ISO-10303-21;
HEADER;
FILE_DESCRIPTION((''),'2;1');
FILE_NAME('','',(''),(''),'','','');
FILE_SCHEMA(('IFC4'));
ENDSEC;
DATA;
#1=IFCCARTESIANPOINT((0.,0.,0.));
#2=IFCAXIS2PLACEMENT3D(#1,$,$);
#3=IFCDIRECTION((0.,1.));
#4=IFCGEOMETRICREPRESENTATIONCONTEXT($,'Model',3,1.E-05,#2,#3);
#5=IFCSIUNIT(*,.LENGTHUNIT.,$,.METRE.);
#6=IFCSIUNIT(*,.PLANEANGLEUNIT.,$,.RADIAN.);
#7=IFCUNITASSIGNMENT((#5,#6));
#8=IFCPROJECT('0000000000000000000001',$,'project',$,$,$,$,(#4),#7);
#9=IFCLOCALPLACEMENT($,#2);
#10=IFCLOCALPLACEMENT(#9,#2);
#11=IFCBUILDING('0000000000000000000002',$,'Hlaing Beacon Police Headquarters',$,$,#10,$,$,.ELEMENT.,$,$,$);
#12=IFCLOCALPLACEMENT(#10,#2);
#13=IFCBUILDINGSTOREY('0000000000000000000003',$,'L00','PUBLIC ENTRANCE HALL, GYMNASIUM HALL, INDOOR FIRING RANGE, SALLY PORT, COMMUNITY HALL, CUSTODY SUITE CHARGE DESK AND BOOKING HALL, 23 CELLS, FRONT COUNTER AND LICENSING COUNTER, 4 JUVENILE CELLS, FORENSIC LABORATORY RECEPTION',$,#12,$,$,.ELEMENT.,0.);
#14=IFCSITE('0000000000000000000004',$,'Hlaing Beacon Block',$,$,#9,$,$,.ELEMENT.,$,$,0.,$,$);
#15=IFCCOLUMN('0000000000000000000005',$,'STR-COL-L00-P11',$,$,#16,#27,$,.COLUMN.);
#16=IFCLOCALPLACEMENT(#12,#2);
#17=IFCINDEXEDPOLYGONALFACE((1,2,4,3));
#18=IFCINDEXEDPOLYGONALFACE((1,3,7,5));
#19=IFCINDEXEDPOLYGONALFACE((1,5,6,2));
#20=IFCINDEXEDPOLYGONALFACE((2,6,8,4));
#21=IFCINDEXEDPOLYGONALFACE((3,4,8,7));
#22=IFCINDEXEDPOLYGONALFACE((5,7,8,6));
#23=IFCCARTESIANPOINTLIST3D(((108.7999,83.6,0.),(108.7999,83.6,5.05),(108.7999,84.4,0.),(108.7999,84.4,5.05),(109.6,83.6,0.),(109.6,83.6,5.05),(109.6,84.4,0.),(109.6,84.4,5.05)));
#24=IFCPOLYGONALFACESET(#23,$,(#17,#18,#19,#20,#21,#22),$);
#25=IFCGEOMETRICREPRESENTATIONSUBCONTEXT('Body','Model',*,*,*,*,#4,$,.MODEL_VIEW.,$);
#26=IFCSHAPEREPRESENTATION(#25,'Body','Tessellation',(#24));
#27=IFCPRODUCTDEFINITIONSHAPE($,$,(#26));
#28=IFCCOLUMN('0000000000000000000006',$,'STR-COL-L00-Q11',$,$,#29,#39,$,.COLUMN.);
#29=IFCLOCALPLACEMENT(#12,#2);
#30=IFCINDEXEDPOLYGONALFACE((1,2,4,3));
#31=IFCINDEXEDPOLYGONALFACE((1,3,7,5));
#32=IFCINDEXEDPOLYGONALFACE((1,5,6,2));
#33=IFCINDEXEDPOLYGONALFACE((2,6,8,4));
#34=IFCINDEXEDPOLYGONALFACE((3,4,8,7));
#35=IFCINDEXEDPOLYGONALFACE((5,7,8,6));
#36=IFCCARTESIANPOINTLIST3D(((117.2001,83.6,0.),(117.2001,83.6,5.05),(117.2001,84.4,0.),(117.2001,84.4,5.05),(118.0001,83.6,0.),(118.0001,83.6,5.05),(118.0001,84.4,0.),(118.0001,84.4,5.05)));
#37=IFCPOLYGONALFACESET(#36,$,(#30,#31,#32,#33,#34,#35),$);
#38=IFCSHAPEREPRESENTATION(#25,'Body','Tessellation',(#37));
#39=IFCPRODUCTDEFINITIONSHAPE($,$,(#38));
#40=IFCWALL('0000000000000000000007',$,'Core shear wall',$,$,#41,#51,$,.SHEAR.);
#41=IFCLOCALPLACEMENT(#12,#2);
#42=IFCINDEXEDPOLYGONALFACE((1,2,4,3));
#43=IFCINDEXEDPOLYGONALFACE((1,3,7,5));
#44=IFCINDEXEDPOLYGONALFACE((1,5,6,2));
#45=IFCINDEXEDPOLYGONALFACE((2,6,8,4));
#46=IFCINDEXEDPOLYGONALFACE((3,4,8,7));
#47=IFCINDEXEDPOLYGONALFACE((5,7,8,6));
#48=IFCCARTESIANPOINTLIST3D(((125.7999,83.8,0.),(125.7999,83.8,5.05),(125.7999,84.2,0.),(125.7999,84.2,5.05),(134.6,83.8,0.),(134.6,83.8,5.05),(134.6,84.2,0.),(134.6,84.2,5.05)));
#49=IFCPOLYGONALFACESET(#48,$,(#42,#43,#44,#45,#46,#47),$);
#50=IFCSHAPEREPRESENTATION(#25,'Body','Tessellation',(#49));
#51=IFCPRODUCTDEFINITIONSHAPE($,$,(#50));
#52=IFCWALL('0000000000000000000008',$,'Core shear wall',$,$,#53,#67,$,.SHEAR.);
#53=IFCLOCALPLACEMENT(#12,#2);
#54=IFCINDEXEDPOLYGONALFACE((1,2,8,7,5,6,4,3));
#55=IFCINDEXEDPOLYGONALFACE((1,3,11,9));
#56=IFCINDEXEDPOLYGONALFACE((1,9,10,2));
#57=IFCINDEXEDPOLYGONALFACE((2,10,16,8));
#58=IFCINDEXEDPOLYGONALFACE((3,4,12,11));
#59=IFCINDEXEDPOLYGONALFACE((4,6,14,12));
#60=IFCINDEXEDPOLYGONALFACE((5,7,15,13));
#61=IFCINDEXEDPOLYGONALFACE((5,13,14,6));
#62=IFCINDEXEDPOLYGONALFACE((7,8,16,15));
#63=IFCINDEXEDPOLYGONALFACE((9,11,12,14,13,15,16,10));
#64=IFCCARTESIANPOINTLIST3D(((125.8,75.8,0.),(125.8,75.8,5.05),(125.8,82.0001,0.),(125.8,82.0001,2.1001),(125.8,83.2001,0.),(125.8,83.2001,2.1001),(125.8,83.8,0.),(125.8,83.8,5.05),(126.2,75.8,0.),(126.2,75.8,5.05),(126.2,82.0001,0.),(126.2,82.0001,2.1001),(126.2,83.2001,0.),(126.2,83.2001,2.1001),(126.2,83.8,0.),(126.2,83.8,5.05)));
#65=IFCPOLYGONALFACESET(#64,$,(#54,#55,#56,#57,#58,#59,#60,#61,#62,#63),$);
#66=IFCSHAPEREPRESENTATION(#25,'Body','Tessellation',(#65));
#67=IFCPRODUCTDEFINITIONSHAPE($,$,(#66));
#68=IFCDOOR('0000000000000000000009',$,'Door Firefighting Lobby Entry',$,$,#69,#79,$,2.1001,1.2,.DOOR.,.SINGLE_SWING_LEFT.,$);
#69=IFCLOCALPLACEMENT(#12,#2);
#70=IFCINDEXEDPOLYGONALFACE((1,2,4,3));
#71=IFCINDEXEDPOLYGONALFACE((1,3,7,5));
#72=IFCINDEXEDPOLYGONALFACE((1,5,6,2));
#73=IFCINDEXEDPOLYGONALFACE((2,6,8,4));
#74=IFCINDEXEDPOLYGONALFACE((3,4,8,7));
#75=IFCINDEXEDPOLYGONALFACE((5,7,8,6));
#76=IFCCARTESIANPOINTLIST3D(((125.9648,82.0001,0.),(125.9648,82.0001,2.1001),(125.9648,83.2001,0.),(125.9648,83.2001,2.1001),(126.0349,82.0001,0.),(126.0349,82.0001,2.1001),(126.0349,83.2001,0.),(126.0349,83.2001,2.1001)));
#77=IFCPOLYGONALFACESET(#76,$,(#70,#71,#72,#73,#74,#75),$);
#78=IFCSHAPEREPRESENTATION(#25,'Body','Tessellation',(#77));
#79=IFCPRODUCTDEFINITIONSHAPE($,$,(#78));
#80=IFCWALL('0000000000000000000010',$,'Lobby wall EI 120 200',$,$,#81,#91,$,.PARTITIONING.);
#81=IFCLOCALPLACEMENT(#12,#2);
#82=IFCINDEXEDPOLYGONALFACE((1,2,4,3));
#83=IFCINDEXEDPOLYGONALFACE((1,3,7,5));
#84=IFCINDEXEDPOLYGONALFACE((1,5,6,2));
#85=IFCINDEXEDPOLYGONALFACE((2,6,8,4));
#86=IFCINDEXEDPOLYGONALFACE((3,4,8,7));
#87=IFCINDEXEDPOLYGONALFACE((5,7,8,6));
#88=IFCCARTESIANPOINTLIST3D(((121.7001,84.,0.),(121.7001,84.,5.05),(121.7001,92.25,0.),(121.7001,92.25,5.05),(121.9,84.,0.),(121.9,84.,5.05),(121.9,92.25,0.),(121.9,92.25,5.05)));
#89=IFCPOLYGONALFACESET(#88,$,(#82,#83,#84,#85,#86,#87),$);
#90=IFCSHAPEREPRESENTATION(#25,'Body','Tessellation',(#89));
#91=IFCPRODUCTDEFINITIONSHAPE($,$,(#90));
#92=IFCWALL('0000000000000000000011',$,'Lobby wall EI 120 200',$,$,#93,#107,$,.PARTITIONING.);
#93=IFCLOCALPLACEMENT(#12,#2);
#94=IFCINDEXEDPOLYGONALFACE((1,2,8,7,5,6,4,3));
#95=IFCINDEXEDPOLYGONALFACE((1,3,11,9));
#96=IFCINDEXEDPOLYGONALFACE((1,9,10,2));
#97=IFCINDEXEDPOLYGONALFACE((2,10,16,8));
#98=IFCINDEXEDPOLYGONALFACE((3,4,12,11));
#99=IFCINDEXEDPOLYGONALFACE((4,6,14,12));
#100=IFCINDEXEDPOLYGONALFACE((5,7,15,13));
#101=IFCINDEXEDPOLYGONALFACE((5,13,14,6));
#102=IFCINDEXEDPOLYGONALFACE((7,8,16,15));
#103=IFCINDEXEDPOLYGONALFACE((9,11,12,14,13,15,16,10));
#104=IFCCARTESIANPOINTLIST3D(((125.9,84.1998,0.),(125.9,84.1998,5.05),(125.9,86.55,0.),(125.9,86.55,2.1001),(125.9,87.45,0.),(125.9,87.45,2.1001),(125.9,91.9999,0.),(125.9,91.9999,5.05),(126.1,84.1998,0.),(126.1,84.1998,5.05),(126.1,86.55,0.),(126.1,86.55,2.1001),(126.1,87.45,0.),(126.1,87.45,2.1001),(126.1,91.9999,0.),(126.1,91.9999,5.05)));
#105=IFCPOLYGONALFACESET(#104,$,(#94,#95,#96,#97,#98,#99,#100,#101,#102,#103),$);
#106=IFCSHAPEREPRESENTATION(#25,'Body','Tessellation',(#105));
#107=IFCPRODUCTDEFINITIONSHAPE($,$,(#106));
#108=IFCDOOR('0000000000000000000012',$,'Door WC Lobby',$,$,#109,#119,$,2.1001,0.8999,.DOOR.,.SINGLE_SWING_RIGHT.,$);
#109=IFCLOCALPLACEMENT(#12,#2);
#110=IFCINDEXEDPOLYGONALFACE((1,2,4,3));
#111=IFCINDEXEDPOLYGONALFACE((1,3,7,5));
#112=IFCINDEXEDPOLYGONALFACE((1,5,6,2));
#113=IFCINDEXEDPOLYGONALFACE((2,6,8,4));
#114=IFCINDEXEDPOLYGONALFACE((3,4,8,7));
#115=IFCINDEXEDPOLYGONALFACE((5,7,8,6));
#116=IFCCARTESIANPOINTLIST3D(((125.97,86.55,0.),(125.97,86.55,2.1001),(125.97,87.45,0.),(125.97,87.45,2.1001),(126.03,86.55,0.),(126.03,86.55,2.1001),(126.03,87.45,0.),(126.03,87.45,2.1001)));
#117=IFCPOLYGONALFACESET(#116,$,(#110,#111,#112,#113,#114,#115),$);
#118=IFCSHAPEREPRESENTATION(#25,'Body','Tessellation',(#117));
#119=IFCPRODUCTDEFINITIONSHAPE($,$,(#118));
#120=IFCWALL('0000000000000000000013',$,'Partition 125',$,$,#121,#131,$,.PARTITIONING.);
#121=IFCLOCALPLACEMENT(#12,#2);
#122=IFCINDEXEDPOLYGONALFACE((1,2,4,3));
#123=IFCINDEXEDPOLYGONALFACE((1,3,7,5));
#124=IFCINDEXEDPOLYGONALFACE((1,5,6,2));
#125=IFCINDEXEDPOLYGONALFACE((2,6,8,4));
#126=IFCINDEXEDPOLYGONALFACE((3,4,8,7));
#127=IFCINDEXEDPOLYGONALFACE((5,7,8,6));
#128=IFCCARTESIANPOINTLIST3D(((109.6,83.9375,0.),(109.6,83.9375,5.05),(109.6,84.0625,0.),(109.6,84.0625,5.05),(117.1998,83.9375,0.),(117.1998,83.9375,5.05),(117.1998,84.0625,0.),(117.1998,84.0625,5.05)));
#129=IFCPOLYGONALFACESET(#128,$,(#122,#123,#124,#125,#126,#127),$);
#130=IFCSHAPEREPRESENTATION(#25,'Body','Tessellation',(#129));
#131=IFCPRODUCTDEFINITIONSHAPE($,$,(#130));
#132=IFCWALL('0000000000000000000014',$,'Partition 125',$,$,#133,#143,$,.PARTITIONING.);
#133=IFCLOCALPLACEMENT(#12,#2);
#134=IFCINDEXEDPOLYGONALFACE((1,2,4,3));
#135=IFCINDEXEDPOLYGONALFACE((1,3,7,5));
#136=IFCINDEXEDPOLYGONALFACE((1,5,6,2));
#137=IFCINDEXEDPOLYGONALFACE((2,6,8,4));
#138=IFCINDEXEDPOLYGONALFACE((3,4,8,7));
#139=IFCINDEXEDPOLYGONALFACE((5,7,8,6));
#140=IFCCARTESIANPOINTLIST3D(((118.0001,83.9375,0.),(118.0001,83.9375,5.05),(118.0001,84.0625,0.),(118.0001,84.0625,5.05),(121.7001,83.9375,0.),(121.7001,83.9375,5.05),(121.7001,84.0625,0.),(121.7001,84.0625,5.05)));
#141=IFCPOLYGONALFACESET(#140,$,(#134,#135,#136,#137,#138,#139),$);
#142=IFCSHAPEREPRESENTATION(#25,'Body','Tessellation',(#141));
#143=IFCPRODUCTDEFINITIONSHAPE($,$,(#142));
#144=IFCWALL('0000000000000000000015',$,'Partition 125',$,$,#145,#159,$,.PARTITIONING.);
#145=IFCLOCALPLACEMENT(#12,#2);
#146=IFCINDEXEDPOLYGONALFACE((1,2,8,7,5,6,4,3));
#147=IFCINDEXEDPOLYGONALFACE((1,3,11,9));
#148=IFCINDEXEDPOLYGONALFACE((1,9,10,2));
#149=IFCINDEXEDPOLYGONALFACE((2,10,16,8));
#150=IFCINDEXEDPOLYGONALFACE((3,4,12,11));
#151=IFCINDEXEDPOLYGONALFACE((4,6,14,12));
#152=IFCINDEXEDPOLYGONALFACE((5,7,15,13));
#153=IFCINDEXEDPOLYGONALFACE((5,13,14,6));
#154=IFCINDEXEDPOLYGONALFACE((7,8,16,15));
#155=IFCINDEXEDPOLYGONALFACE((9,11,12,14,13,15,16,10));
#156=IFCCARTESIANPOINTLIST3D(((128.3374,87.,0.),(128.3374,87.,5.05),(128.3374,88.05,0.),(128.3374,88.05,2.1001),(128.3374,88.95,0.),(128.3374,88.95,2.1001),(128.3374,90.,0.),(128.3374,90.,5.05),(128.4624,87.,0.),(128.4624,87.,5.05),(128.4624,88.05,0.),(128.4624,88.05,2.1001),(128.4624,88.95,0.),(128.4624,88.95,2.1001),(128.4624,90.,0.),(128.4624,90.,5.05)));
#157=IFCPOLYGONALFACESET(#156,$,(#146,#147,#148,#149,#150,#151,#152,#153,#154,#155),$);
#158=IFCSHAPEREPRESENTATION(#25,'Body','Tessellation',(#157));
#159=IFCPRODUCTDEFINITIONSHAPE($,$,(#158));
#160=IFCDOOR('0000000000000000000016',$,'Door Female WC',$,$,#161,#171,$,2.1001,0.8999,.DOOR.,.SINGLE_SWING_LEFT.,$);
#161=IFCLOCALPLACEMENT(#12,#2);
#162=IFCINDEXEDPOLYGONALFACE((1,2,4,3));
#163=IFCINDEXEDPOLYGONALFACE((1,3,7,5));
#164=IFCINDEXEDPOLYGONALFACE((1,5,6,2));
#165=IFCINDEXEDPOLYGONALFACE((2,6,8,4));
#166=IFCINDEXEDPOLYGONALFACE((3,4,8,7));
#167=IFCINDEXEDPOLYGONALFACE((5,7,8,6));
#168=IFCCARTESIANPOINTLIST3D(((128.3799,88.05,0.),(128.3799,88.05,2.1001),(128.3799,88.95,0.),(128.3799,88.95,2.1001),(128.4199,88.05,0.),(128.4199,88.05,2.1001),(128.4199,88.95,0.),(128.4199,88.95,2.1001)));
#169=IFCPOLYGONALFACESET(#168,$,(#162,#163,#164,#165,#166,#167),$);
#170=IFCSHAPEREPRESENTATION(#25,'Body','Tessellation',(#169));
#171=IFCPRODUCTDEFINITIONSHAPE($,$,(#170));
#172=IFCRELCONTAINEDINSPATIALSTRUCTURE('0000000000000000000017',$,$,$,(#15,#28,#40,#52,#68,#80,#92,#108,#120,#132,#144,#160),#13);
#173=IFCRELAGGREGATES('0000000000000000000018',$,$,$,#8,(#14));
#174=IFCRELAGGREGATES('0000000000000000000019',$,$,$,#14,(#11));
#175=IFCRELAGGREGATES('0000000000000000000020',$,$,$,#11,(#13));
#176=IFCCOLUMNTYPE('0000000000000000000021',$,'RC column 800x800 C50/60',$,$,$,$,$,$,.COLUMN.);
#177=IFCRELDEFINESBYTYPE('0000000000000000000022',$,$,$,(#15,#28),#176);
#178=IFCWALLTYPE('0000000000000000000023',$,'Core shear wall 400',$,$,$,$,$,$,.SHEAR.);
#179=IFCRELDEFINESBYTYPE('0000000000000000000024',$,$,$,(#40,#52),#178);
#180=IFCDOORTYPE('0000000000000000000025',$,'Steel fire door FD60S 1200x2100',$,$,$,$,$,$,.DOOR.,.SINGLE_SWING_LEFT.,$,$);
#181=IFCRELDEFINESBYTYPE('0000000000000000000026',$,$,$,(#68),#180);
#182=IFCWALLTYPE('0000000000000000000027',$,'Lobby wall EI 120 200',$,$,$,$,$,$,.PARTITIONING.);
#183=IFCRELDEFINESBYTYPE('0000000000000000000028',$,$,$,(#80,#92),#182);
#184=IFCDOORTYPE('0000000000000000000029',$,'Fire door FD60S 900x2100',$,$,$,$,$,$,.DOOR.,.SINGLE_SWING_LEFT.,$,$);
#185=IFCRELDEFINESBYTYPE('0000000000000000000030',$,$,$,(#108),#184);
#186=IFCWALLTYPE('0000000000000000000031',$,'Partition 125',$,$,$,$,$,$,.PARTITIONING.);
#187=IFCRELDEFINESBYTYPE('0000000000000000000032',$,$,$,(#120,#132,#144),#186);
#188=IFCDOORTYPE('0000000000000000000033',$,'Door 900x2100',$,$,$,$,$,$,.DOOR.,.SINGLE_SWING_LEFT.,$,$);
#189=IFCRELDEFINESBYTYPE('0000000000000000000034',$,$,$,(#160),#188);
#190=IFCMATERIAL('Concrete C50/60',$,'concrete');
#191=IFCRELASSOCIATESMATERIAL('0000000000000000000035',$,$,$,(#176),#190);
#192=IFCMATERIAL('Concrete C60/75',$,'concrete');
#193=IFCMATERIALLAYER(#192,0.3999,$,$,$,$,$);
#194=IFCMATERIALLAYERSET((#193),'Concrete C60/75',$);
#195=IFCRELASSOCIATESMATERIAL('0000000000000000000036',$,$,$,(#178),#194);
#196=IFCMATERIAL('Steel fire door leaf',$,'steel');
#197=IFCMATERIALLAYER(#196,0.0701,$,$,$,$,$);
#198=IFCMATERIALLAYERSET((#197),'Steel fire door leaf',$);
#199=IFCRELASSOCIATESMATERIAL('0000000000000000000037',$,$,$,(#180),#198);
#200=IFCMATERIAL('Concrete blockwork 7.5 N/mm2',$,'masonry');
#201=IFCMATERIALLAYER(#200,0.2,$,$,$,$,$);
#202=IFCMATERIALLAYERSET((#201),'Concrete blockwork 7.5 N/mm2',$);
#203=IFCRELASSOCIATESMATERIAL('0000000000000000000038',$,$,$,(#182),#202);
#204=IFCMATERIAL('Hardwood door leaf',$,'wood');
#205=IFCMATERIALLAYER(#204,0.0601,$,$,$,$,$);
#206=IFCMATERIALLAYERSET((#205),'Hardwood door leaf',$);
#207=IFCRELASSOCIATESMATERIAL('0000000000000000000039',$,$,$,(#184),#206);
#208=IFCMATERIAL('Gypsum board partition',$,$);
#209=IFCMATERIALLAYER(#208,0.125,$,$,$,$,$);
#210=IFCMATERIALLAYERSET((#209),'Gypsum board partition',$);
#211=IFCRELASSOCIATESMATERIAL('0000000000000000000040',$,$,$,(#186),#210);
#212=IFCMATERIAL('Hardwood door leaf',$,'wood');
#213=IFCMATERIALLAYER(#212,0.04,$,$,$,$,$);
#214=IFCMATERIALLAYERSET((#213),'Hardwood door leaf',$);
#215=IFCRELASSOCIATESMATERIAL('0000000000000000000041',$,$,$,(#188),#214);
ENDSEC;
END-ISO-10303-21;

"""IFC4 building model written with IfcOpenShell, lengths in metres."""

from ifc_helpers import new_model, si_unit, direction, frame, frame_2d, origin, origin_2d, place, context, subcontext, project, spatial, rectangle, extrude, material, layer, layer_set, material_profile, profile_set, type_object, element, fill, save


model = new_model("IFC4")

# Units and contexts
model_context = context("Model", 3, precision=1e-05, world=origin(), true_north=direction((0.0, 1.0)))
body_context = subcontext(model_context, "Body", "Model", "MODEL_VIEW")
ifc_project = project(units=[si_unit("LENGTHUNIT", "METRE"), si_unit("PLANEANGLEUNIT", "RADIAN")], contexts=[model_context])

# Site, building, storey
site_placement = place(None, origin())
site = spatial("IfcSite", under=ifc_project, at=site_placement, Name="Hlaing Beacon Block", CompositionType="ELEMENT", RefElevation=0.0)
building_placement = place(site_placement, origin())
building = spatial("IfcBuilding", under=site, at=building_placement, Name="Hlaing Beacon Police Headquarters", CompositionType="ELEMENT")
storey_placement = place(building_placement, origin())
storey = spatial("IfcBuildingStorey", under=building, at=storey_placement, Name="L00", Description="PUBLIC ENTRANCE HALL, GYMNASIUM HALL, INDOOR FIRING RANGE, SALLY PORT, COMMUNITY HALL, CUSTODY SUITE CHARGE DESK AND BOOKING HALL, 23 CELLS, FRONT COUNTER AND LICENSING COUNTER, 4 JUVENILE CELLS, FORENSIC LABORATORY RECEPTION", CompositionType="ELEMENT", Elevation=0.0)

# Columns
ifc_material_1 = material(Name="Concrete C50/60", Category="concrete")
ifc_material_profile = material_profile(ifc_material_1, rectangle(XDim=0.8, YDim=0.8, at=origin_2d()), Name="800x800")
ifc_profile_set = profile_set([ifc_material_profile], Name="Concrete C50/60")
column_type = type_object("IfcColumnType", Name="RC column 800x800 C50/60", PredefinedType="COLUMN", material=ifc_profile_set)
for number, where, z_axis, x_axis, name in (
    (1, (109.2, 84.0, 0.0), (0.0, 0.0, 1.0), (1.0, 0.0, 0.0), "STR-COL-L00-P11"),
    (2, (117.6001, 84.0, 0.0), (0.0, 0.0, 1.0), (1.0, 0.0, 0.0), "STR-COL-L00-Q11"),
):
    element("IfcColumn", number, at=place(storey_placement, frame(where, z_axis=z_axis, x_axis=x_axis)), inside=storey, type_object=column_type, Name=name, PredefinedType="COLUMN", context=body_context, shape_type="SweptSolid", body=[
        extrude(rectangle(XDim=0.8, YDim=0.8, at=origin_2d()), origin(), (0.0, 0.0, 1.0), 5.05),
    ])

# Wall
ifc_material_2 = material(Name="Concrete C60/75", Category="concrete")
ifc_layer_1 = layer(ifc_material_2, 0.3999)
ifc_layer_set_1 = layer_set([ifc_layer_1], Name="Concrete C60/75")
wall_type_1 = type_object("IfcWallType", Name="Core shear wall 400", PredefinedType="SHEAR", material=ifc_layer_set_1)
wall_1_placement = place(storey_placement, frame((125.8, 84.0, 0.0), z_axis=(0.0, 0.0, 1.0), x_axis=(1.0, 0.0, 0.0)))
element("IfcWall", 3, at=wall_1_placement, inside=storey, type_object=wall_type_1, Name="Core shear wall", PredefinedType="SHEAR", context=body_context, shape_type="SweptSolid", body=[
    extrude(rectangle(XDim=8.8, YDim=0.3999, at=frame_2d((4.3999, 0.0))), origin(), (0.0, 0.0, 1.0), 5.05),
])

# Wall, opening, door
wall_2_placement = place(storey_placement, frame((126.0, 75.8, 0.0), z_axis=(0.0, 0.0, 1.0), x_axis=(0.0, 1.0, 0.0)))
wall_2 = element("IfcWall", 4, at=wall_2_placement, inside=storey, type_object=wall_type_1, Name="Core shear wall", PredefinedType="SHEAR", context=body_context, shape_type="SweptSolid", body=[
    extrude(rectangle(XDim=8.0, YDim=0.3999, at=frame_2d((4.0, 0.0))), origin(), (0.0, 0.0, 1.0), 5.05),
])
opening_1_placement = place(wall_2_placement, frame((6.2, 0.0, 0.0)))
opening_1 = element("IfcOpeningElement", 5, at=opening_1_placement, cuts=wall_2, PredefinedType="OPENING", context=body_context, shape_type="SweptSolid", body=[
    extrude(rectangle(XDim=1.2, YDim=2.1001, at=frame_2d((0.6001, 1.05))), frame((0.0, 0.21, 0.0), z_axis=(0.0, -1.0, 0.0), x_axis=(1.0, 0.0, 0.0)), (0.0, 0.0, 1.0), 0.4199),
])
ifc_material_3 = material(Name="Steel fire door leaf", Category="steel")
ifc_layer_2 = layer(ifc_material_3, 0.0701)
ifc_layer_set_2 = layer_set([ifc_layer_2], Name="Steel fire door leaf")
door_type_1 = type_object("IfcDoorType", Name="Steel fire door FD60S 1200x2100", OperationType="SINGLE_SWING_LEFT", PredefinedType="DOOR", material=ifc_layer_set_2)
door_1_placement = place(opening_1_placement, frame((1.2, 0.0, 0.0), z_axis=(0.0, 0.0, 1.0), x_axis=(-1.0, 0.0, 0.0)))
door_1 = element("IfcDoor", 6, at=door_1_placement, inside=storey, type_object=door_type_1, Name="Door Firefighting Lobby Entry", OperationType="SINGLE_SWING_LEFT", OverallHeight=2.1001, OverallWidth=1.2, PredefinedType="DOOR", context=body_context, shape_type="SweptSolid", body=[
    extrude(rectangle(XDim=1.2, YDim=2.1001, at=frame_2d((0.5999, 1.05))), frame((0.0, 0.0349, 0.0), z_axis=(0.0, -1.0, 0.0), x_axis=(1.0, 0.0, 0.0)), (0.0, 0.0, 1.0), 0.0701),
])
fill(opening_1, door_1)

# Wall
ifc_material_4 = material(Name="Concrete blockwork 7.5 N/mm2", Category="masonry")
ifc_layer_3 = layer(ifc_material_4, 0.2)
ifc_layer_set_3 = layer_set([ifc_layer_3], Name="Concrete blockwork 7.5 N/mm2")
wall_type_2 = type_object("IfcWallType", Name="Lobby wall EI 120 200", PredefinedType="PARTITIONING", material=ifc_layer_set_3)
wall_3_placement = place(storey_placement, frame((121.8, 84.0, 0.0), z_axis=(0.0, 0.0, 1.0), x_axis=(0.0, 1.0, 0.0)))
element("IfcWall", 7, at=wall_3_placement, inside=storey, type_object=wall_type_2, Name="Lobby wall EI 120 200", PredefinedType="PARTITIONING", context=body_context, shape_type="SweptSolid", body=[
    extrude(rectangle(XDim=8.25, YDim=0.2, at=frame_2d((4.125, 0.0))), origin(), (0.0, 0.0, 1.0), 5.05),
])

# Wall, opening, door
wall_4_placement = place(storey_placement, frame((126.0, 84.2, 0.0), z_axis=(0.0, 0.0, 1.0), x_axis=(0.0, 1.0, 0.0)))
wall_4 = element("IfcWall", 8, at=wall_4_placement, inside=storey, type_object=wall_type_2, Name="Lobby wall EI 120 200", PredefinedType="PARTITIONING", context=body_context, shape_type="SweptSolid", body=[
    extrude(rectangle(XDim=7.8, YDim=0.2, at=frame_2d((3.8999, 0.0))), origin(), (0.0, 0.0, 1.0), 5.05),
])
opening_2_placement = place(wall_4_placement, frame((2.3501, 0.0, 0.0)))
opening_2 = element("IfcOpeningElement", 9, at=opening_2_placement, cuts=wall_4, PredefinedType="OPENING", context=body_context, shape_type="SweptSolid", body=[
    extrude(rectangle(XDim=0.8999, YDim=2.1001, at=frame_2d((0.45, 1.05))), frame((0.0, 0.1099, 0.0), z_axis=(0.0, -1.0, 0.0), x_axis=(1.0, 0.0, 0.0)), (0.0, 0.0, 1.0), 0.22),
])
ifc_material_5 = material(Name="Hardwood door leaf", Category="wood")
ifc_layer_4 = layer(ifc_material_5, 0.0601)
ifc_layer_set_4 = layer_set([ifc_layer_4], Name="Hardwood door leaf")
door_type_2 = type_object("IfcDoorType", Name="Fire door FD60S 900x2100", OperationType="SINGLE_SWING_LEFT", PredefinedType="DOOR", material=ifc_layer_set_4)
door_2_placement = place(opening_2_placement, frame((0.8999, 0.0, 0.0), z_axis=(0.0, 0.0, 1.0), x_axis=(-1.0, 0.0, 0.0)))
door_2 = element("IfcDoor", 10, at=door_2_placement, inside=storey, type_object=door_type_2, Name="Door WC Lobby", OperationType="SINGLE_SWING_RIGHT", OverallHeight=2.1001, OverallWidth=0.8999, PredefinedType="DOOR", context=body_context, shape_type="SweptSolid", body=[
    extrude(rectangle(XDim=0.8999, YDim=2.1001, at=frame_2d((0.45, 1.05))), frame((0.0, 0.03, 0.0), z_axis=(0.0, -1.0, 0.0), x_axis=(1.0, 0.0, 0.0)), (0.0, 0.0, 1.0), 0.0601),
])
fill(opening_2, door_2)

# Walls
ifc_material_6 = material(Name="Gypsum board partition")
ifc_layer_5 = layer(ifc_material_6, 0.125)
ifc_layer_set_5 = layer_set([ifc_layer_5], Name="Gypsum board partition")
wall_type_3 = type_object("IfcWallType", Name="Partition 125", PredefinedType="PARTITIONING", material=ifc_layer_set_5)
wall_5_placement = place(storey_placement, frame((109.6001, 84.0, 0.0), z_axis=(0.0, 0.0, 1.0), x_axis=(1.0, 0.0, 0.0)))
element("IfcWall", 11, at=wall_5_placement, inside=storey, type_object=wall_type_3, Name="Partition 125", PredefinedType="PARTITIONING", context=body_context, shape_type="SweptSolid", body=[
    extrude(rectangle(XDim=7.5999, YDim=0.125, at=frame_2d((3.7998, 0.0))), origin(), (0.0, 0.0, 1.0), 5.05),
])
wall_6_placement = place(storey_placement, frame((118.0, 84.0, 0.0), z_axis=(0.0, 0.0, 1.0), x_axis=(1.0, 0.0, 0.0)))
element("IfcWall", 12, at=wall_6_placement, inside=storey, type_object=wall_type_3, Name="Partition 125", PredefinedType="PARTITIONING", context=body_context, shape_type="SweptSolid", body=[
    extrude(rectangle(XDim=3.7, YDim=0.125, at=frame_2d((1.8501, 0.0))), origin(), (0.0, 0.0, 1.0), 5.05),
])

# Wall, opening, door
wall_7_placement = place(storey_placement, frame((128.3999, 87.0, 0.0), z_axis=(0.0, 0.0, 1.0), x_axis=(0.0, 1.0, 0.0)))
wall_7 = element("IfcWall", 13, at=wall_7_placement, inside=storey, type_object=wall_type_3, Name="Partition 125", PredefinedType="PARTITIONING", context=body_context, shape_type="SweptSolid", body=[
    extrude(rectangle(XDim=3.0, YDim=0.125, at=frame_2d((1.5, 0.0))), origin(), (0.0, 0.0, 1.0), 5.05),
])
opening_3_placement = place(wall_7_placement, frame((1.05, 0.0, 0.0)))
opening_3 = element("IfcOpeningElement", 14, at=opening_3_placement, cuts=wall_7, PredefinedType="OPENING", context=body_context, shape_type="SweptSolid", body=[
    extrude(rectangle(XDim=0.8999, YDim=2.1001, at=frame_2d((0.45, 1.05))), frame((0.0, 0.0725, 0.0), z_axis=(0.0, -1.0, 0.0), x_axis=(1.0, 0.0, 0.0)), (0.0, 0.0, 1.0), 0.145),
])
ifc_material_7 = material(Name="Hardwood door leaf", Category="wood")
ifc_layer_6 = layer(ifc_material_7, 0.04)
ifc_layer_set_6 = layer_set([ifc_layer_6], Name="Hardwood door leaf")
door_type_3 = type_object("IfcDoorType", Name="Door 900x2100", OperationType="SINGLE_SWING_LEFT", PredefinedType="DOOR", material=ifc_layer_set_6)
door_3_placement = place(opening_3_placement, frame((0.8999, 0.0, 0.0), z_axis=(0.0, 0.0, 1.0), x_axis=(-1.0, 0.0, 0.0)))
door_3 = element("IfcDoor", 15, at=door_3_placement, inside=storey, type_object=door_type_3, Name="Door Female WC", OperationType="SINGLE_SWING_LEFT", OverallHeight=2.1001, OverallWidth=0.8999, PredefinedType="DOOR", context=body_context, shape_type="SweptSolid", body=[
    extrude(rectangle(XDim=0.8999, YDim=2.1001, at=frame_2d((0.45, 1.05))), frame((0.0, 0.02, 0.0), z_axis=(0.0, -1.0, 0.0), x_axis=(1.0, 0.0, 0.0)), (0.0, 0.0, 1.0), 0.04),
])
fill(opening_3, door_3)

save(model, "model.ifc")
